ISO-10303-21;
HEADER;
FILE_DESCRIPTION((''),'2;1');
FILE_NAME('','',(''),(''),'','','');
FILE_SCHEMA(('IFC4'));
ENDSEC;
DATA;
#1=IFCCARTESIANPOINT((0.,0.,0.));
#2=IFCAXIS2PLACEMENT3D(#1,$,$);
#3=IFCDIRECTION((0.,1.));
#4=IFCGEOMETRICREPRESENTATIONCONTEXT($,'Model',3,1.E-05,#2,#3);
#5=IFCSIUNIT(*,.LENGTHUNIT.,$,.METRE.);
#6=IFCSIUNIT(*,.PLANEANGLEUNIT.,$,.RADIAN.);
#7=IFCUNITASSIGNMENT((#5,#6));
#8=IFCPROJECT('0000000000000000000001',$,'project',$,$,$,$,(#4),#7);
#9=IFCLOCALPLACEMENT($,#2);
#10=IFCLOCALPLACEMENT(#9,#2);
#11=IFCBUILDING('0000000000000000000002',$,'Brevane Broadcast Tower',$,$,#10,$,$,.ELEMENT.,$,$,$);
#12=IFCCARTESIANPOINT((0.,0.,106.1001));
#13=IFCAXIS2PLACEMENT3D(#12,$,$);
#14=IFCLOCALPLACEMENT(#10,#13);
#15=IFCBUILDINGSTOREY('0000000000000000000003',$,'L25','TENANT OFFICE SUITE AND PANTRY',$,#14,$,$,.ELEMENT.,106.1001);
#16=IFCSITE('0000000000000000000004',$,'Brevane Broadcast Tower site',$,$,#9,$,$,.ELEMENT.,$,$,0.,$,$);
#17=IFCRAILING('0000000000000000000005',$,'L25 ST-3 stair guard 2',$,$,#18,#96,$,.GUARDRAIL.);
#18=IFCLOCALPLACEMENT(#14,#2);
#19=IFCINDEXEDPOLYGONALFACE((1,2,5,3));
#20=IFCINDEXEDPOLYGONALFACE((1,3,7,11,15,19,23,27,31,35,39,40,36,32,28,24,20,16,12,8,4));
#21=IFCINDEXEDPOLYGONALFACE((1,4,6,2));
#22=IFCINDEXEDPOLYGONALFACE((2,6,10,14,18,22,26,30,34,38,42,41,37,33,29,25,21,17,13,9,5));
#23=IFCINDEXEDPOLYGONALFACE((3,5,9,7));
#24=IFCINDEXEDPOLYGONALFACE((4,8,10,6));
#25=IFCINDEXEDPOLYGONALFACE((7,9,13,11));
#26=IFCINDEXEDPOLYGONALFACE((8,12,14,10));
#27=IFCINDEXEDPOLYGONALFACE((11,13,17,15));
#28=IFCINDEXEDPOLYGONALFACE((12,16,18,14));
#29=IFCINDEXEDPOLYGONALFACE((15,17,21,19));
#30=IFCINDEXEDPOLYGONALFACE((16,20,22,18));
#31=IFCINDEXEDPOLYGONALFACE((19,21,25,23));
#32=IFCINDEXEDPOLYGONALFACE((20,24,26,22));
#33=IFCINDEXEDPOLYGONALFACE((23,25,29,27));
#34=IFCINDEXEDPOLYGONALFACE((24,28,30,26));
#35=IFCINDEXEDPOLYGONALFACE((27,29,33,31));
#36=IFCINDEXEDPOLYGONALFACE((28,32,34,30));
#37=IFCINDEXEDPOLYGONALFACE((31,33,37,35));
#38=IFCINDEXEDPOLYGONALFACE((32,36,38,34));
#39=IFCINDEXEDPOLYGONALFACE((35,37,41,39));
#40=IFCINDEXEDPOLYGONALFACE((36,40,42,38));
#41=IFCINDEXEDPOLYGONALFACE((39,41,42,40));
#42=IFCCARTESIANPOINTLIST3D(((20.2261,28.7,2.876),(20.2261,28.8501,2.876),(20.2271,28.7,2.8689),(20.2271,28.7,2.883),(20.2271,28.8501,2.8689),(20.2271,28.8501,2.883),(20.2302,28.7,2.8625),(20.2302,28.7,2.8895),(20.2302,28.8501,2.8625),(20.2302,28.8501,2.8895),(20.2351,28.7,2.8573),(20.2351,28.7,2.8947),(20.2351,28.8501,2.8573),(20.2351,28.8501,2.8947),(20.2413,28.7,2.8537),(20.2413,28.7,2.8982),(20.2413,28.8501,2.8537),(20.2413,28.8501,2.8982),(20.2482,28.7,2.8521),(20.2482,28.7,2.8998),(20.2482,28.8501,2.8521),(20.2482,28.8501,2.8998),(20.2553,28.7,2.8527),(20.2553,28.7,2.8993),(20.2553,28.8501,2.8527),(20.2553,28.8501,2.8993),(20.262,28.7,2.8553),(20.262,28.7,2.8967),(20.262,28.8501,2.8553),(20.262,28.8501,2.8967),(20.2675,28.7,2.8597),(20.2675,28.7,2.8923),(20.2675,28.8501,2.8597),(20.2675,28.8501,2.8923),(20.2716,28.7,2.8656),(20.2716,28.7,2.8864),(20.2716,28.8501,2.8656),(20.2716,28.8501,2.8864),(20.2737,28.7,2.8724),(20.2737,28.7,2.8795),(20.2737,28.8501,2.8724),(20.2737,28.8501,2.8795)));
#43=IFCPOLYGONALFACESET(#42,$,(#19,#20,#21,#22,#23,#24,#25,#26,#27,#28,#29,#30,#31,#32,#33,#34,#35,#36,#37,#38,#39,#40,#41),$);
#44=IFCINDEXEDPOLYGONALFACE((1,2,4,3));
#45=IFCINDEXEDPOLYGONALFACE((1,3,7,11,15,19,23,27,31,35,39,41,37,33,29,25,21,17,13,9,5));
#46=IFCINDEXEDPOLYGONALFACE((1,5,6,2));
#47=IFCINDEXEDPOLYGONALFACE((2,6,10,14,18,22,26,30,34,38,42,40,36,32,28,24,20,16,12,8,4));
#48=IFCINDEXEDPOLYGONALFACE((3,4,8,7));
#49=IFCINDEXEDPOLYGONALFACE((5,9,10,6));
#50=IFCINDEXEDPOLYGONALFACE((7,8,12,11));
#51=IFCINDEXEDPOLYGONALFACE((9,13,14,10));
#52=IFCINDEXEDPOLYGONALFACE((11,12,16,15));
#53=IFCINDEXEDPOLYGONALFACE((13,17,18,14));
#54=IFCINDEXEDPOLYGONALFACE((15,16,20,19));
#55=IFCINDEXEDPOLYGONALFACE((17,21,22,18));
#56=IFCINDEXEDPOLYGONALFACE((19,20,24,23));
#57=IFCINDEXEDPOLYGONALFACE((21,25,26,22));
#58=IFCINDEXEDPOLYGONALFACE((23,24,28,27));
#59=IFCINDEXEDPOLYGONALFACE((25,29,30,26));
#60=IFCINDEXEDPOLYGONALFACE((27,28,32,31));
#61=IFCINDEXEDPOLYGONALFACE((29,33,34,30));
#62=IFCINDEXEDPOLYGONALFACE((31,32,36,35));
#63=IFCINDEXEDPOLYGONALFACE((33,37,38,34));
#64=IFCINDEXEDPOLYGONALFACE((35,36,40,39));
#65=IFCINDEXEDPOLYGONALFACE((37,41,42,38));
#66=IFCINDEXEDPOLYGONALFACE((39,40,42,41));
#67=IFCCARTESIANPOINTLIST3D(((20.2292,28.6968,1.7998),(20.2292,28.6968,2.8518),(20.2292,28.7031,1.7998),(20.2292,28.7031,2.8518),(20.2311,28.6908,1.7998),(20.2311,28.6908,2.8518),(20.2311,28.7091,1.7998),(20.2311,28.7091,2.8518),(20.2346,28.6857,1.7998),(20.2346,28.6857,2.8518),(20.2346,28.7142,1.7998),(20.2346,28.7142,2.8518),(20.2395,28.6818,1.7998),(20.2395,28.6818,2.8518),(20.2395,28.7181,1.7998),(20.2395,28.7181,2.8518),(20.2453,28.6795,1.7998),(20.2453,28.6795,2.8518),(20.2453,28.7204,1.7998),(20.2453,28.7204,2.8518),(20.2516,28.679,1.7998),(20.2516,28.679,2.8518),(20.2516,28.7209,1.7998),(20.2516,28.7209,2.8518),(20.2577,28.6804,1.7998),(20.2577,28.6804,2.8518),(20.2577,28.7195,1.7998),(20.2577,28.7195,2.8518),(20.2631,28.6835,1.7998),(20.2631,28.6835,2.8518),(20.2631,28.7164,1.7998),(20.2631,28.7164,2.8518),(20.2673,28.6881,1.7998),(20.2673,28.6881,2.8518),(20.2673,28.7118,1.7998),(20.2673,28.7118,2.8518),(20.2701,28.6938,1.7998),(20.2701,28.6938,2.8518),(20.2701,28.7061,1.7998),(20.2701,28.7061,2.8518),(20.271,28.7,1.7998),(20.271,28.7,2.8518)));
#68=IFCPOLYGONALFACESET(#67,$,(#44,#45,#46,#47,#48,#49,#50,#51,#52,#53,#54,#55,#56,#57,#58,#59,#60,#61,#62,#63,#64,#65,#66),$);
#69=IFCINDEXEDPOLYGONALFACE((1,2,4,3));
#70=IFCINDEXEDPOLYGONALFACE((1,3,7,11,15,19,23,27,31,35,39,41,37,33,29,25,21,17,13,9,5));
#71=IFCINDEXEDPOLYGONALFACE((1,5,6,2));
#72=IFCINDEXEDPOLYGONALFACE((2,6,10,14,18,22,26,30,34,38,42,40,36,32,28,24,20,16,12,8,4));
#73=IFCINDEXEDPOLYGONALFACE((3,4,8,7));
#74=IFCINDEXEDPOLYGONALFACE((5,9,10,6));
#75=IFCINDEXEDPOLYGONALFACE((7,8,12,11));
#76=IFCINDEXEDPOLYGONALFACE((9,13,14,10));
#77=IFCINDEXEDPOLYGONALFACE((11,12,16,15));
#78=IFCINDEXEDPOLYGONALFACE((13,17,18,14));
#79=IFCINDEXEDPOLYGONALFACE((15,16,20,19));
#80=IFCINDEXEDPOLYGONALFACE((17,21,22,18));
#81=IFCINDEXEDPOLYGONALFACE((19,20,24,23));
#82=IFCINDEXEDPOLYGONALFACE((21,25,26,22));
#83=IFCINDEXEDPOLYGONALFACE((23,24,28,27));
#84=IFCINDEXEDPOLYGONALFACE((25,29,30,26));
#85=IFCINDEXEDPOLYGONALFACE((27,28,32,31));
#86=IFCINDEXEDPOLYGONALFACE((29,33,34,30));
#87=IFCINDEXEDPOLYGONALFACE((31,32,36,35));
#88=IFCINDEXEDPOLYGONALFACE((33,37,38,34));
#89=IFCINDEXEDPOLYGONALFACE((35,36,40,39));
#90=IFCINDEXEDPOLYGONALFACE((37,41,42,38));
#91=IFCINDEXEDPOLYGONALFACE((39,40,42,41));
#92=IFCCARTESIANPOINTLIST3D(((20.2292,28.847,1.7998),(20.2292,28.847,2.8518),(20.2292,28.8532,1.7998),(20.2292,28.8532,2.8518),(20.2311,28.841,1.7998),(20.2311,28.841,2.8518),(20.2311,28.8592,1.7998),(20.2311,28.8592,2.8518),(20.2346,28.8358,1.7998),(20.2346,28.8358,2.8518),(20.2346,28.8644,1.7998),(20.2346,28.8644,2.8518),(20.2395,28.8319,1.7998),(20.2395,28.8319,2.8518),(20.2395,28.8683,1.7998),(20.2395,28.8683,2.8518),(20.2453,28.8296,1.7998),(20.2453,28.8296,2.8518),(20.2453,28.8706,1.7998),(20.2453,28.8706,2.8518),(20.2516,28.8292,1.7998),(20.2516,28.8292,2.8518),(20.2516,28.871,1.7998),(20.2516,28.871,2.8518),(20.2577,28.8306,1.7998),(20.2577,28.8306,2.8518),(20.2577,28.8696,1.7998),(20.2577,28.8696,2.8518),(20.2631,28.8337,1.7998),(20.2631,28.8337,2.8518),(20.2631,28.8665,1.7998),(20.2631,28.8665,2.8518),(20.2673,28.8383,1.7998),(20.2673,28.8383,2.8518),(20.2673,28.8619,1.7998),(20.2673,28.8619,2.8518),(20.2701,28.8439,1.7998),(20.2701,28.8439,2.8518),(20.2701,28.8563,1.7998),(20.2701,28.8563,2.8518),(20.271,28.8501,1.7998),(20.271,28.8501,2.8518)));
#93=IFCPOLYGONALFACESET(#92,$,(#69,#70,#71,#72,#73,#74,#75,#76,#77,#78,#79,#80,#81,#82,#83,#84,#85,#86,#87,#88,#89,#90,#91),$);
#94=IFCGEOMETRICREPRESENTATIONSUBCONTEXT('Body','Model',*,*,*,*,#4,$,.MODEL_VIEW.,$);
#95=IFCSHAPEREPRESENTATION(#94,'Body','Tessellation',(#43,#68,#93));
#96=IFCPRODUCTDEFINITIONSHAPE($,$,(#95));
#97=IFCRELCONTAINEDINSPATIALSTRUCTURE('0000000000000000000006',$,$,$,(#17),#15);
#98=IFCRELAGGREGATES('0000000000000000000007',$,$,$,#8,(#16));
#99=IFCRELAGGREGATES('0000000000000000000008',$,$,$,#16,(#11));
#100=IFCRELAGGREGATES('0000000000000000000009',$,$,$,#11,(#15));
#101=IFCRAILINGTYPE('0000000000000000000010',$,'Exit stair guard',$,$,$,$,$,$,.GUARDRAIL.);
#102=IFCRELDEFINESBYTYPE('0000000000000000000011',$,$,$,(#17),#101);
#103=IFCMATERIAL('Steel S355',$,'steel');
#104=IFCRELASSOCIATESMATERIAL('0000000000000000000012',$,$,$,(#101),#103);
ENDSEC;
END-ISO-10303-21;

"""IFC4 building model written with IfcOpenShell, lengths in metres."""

from ifc_helpers import new_model, si_unit, direction, frame, origin, origin_2d, place, context, subcontext, project, spatial, circle, extrude, material, type_object, element, save


model = new_model("IFC4")

# Units and contexts
model_context = context("Model", 3, precision=1e-05, world=origin(), true_north=direction((0.0, 1.0)))
body_context = subcontext(model_context, "Body", "Model", "MODEL_VIEW")
ifc_project = project(units=[si_unit("LENGTHUNIT", "METRE"), si_unit("PLANEANGLEUNIT", "RADIAN")], contexts=[model_context])

# Site, building, storey
site_placement = place(None, origin())
site = spatial("IfcSite", under=ifc_project, at=site_placement, Name="Brevane Broadcast Tower site", CompositionType="ELEMENT", RefElevation=0.0)
building_placement = place(site_placement, origin())
building = spatial("IfcBuilding", under=site, at=building_placement, Name="Brevane Broadcast Tower", CompositionType="ELEMENT")
storey_placement = place(building_placement, frame((0.0, 0.0, 106.1001)))
storey = spatial("IfcBuildingStorey", under=building, at=storey_placement, Name="L25", Description="TENANT OFFICE SUITE AND PANTRY", CompositionType="ELEMENT", Elevation=106.1001)

# Railing
ifc_material_1 = material(Name="Steel S355", Category="steel")
railing_type_1 = type_object("IfcRailingType", Name="Exit stair guard", PredefinedType="GUARDRAIL", material=ifc_material_1)
railing_1_placement = place(storey_placement, frame((20.25, 28.7, 1.7998)))
element("IfcRailing", 1, at=railing_1_placement, inside=storey, type_object=railing_type_1, Name="L25 ST-3 stair guard 2", PredefinedType="GUARDRAIL", context=body_context, shape_type="SweptSolid", body=[
    extrude(circle(Radius=0.0239, at=origin_2d()), frame((0.0, 0.0, 1.0762), z_axis=(0.0, 1.0, 0.0), x_axis=(-1.0, 0.0, 0.0)), (0.0, 0.0, 1.0), 0.1501),
    extrude(circle(Radius=0.021, at=origin_2d()), origin(), (0.0, 0.0, 1.0), 1.052),
    extrude(circle(Radius=0.021, at=origin_2d()), frame((0.0, 0.1501, 0.0)), (0.0, 0.0, 1.0), 1.052),
])

save(model, "model.ifc")
